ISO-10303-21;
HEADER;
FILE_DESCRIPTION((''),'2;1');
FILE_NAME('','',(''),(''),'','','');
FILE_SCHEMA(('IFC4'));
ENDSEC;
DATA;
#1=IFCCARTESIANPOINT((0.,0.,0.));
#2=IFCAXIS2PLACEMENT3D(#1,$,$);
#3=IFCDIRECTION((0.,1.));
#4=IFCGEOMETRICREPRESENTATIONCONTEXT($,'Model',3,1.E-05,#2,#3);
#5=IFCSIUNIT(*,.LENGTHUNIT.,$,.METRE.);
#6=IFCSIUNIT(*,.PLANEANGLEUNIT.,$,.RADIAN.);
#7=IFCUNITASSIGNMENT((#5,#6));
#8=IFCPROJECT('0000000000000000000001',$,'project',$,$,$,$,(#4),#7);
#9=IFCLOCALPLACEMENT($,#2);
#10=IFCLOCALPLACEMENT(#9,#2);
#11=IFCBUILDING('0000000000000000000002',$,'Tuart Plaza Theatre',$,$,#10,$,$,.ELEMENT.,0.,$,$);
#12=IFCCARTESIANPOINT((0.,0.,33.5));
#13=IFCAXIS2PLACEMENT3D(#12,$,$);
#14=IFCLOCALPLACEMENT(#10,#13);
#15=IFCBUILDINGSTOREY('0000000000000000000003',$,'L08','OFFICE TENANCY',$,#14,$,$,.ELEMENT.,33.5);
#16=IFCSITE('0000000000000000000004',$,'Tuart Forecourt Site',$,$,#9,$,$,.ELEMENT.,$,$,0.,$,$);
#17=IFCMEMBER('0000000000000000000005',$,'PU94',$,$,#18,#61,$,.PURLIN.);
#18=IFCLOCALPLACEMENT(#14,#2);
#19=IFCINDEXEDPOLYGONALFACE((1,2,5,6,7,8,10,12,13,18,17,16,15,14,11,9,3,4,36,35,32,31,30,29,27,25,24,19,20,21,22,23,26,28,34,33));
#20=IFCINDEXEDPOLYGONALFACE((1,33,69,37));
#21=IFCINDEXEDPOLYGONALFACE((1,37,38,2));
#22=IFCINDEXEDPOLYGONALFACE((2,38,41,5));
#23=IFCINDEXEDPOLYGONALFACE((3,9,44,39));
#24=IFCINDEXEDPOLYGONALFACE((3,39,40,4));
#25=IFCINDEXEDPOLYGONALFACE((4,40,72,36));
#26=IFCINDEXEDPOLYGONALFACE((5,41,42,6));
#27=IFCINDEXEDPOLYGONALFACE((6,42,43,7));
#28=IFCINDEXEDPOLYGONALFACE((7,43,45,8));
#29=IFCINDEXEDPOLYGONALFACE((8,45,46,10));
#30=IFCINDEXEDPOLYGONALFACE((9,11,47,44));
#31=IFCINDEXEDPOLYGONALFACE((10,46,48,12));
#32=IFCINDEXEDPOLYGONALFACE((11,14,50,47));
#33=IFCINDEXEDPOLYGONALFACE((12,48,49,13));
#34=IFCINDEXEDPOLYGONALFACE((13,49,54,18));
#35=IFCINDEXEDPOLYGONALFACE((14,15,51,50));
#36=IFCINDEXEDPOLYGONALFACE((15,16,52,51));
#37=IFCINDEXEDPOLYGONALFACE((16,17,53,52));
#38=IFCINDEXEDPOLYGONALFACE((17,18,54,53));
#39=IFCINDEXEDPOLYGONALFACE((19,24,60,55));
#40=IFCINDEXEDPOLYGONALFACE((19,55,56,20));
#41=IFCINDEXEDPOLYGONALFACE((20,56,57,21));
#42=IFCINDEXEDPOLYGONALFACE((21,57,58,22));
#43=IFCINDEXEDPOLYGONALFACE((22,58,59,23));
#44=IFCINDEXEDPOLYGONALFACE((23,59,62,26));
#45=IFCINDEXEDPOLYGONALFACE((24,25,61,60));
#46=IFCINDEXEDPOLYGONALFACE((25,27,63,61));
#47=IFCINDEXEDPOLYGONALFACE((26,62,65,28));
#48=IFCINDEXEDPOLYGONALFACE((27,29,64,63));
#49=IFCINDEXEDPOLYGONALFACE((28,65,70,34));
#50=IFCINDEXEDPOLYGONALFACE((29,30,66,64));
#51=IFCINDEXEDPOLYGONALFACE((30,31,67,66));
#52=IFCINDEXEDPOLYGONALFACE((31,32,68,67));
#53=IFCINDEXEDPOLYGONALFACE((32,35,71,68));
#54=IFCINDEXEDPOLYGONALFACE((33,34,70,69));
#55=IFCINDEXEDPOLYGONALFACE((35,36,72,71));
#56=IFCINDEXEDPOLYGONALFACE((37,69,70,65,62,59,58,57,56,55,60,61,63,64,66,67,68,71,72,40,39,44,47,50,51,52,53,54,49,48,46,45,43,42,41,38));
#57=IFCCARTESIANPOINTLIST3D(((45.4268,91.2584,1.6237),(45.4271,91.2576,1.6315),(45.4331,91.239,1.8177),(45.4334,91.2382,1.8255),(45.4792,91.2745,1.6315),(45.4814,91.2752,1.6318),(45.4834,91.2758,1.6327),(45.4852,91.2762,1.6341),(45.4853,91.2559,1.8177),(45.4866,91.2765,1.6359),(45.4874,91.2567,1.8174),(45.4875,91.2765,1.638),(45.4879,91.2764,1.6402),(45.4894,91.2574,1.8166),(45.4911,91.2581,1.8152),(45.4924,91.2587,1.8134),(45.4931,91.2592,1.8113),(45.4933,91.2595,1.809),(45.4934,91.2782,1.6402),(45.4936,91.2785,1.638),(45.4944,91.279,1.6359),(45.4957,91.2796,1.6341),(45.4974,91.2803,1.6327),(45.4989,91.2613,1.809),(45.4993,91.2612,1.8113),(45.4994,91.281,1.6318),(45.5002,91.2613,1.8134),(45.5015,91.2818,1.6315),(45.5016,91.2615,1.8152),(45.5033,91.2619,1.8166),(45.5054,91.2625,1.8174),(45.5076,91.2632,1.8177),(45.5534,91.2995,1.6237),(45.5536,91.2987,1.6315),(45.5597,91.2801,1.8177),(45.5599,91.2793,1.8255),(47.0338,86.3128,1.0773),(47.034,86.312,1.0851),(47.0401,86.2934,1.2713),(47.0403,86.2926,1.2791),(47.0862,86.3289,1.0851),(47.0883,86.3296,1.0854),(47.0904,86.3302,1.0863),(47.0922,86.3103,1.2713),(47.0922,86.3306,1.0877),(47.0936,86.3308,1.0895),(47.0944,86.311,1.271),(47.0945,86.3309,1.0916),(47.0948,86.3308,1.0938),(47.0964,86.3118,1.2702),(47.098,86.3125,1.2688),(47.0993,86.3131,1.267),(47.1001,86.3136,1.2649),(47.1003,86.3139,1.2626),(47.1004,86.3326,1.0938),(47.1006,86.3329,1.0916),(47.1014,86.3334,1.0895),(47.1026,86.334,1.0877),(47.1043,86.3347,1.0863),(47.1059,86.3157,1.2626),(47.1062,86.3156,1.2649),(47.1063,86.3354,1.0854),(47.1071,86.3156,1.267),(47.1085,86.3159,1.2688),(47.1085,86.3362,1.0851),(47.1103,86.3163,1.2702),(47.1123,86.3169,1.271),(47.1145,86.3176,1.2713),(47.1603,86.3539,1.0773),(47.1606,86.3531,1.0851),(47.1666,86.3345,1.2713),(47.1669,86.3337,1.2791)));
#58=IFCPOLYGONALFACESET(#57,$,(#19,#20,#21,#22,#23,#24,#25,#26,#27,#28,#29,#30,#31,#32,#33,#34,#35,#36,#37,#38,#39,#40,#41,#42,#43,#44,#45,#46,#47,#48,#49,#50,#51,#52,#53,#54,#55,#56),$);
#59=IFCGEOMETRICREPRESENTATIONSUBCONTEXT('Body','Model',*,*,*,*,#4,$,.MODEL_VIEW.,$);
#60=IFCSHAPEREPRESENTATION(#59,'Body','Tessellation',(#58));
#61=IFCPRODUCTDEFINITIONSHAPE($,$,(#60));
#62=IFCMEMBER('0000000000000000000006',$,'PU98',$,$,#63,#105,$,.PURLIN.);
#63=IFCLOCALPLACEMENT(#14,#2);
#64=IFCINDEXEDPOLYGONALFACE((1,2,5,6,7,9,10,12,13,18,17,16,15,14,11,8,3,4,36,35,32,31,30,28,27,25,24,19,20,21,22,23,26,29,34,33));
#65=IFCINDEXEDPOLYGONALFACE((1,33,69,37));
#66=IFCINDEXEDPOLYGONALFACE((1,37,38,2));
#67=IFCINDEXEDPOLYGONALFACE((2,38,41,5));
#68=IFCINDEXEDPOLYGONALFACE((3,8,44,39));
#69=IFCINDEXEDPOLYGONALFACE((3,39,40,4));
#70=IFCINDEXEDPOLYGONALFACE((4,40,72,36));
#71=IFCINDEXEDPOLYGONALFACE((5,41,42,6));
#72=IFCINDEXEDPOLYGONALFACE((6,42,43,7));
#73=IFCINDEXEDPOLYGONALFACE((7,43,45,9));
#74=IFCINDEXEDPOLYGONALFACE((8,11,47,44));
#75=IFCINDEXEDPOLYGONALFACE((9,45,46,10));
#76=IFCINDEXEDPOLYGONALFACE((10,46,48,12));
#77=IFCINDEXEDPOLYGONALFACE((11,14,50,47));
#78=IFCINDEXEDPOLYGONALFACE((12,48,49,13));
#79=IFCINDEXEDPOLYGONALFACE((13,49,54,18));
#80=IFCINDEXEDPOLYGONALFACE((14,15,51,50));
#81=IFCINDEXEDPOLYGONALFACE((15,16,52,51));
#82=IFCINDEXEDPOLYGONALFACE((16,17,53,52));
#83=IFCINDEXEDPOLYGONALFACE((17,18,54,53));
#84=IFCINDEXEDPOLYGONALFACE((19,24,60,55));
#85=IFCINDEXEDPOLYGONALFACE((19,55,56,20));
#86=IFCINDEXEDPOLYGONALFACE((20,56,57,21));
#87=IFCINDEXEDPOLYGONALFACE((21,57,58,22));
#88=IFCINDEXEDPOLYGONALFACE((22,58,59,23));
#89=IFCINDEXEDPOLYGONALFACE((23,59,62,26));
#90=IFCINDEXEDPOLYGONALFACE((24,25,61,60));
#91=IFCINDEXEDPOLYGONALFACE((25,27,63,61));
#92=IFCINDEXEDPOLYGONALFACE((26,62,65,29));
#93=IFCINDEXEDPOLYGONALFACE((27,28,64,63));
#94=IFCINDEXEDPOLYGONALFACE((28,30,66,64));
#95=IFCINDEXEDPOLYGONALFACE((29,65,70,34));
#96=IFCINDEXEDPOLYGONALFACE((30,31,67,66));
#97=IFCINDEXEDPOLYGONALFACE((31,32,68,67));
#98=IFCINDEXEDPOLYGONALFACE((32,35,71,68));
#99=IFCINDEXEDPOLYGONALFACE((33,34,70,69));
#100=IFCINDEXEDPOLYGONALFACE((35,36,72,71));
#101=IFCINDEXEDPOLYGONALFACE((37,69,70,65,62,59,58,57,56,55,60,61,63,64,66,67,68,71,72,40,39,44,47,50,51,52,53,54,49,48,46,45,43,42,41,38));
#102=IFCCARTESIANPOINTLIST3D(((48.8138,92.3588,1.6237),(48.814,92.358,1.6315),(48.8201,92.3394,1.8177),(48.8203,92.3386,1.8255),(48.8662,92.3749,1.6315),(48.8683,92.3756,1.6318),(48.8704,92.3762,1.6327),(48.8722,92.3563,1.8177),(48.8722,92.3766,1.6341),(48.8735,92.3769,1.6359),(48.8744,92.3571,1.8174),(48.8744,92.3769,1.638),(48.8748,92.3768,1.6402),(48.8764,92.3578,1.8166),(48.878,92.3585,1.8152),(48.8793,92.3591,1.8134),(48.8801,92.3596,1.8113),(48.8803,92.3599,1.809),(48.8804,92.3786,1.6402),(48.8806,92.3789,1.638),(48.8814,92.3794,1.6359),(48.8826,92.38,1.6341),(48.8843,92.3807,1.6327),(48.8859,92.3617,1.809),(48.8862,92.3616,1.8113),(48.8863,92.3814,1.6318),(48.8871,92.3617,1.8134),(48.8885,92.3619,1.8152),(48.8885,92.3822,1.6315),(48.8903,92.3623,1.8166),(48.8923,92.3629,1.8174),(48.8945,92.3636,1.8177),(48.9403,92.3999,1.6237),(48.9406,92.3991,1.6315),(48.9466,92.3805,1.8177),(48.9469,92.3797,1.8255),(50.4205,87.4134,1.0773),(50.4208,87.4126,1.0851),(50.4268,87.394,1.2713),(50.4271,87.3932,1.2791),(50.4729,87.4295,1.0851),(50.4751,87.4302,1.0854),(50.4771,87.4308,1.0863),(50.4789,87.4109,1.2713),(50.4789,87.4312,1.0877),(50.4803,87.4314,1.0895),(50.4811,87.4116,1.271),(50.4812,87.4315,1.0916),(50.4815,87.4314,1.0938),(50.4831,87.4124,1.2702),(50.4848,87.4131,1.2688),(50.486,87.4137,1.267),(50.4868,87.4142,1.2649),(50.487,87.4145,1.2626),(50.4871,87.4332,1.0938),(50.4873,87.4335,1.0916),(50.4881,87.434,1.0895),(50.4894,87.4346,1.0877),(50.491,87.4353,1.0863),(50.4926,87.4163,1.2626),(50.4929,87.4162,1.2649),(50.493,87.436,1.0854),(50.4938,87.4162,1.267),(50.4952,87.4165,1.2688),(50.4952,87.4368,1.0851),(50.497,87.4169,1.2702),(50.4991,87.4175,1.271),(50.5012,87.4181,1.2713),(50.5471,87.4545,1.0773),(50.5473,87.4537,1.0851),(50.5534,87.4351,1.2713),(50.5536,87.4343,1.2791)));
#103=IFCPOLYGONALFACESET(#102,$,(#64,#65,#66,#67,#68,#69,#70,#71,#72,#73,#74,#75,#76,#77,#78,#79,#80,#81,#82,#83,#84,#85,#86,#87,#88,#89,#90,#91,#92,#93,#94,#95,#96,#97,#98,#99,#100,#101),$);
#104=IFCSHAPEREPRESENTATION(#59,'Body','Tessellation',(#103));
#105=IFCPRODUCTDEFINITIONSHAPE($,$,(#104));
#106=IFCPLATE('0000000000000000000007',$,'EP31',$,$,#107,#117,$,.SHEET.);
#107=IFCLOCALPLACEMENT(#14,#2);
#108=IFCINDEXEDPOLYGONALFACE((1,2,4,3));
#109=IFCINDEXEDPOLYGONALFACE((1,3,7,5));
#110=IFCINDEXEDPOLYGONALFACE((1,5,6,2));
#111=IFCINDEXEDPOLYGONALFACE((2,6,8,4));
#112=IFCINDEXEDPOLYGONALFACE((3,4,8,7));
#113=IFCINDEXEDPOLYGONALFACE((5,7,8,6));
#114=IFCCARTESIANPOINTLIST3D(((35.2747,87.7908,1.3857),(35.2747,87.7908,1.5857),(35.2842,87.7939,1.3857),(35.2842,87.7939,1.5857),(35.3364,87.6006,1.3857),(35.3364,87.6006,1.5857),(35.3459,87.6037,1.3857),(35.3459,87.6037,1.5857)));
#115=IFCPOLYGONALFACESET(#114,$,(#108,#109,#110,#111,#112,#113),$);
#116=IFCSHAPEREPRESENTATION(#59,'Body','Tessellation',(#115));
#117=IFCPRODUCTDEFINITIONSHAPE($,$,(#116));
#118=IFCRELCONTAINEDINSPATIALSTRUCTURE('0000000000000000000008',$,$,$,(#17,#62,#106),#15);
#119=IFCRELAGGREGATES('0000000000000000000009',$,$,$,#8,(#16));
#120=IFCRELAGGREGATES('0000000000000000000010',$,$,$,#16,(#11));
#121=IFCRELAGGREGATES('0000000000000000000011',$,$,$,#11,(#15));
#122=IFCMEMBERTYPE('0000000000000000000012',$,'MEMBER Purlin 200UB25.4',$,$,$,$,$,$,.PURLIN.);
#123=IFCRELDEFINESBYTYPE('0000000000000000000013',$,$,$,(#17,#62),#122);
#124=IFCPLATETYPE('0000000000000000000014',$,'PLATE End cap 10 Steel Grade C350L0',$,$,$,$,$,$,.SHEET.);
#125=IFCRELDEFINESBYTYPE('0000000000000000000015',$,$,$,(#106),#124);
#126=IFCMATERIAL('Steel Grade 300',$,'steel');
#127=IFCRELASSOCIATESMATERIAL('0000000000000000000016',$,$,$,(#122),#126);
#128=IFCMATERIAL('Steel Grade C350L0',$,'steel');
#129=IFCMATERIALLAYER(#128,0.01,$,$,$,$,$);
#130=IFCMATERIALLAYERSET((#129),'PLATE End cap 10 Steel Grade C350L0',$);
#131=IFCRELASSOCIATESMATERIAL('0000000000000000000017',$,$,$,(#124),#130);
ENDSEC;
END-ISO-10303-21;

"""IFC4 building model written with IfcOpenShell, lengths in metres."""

from ifc_helpers import new_model, si_unit, direction, frame, origin, origin_2d, place, context, subcontext, project, spatial, polyline, i_section, outline, extrude, material, layer, layer_set, material_profile, profile_set, type_object, element, save


model = new_model("IFC4")

# Units and contexts
model_context = context("Model", 3, precision=1e-05, world=origin(), true_north=direction((0.0, 1.0)))
body_context = subcontext(model_context, "Body", "Model", "MODEL_VIEW")
ifc_project = project(units=[si_unit("LENGTHUNIT", "METRE"), si_unit("PLANEANGLEUNIT", "RADIAN")], contexts=[model_context])

# Site, building, storey
site_placement = place(None, origin())
site = spatial("IfcSite", under=ifc_project, at=site_placement, Name="Tuart Forecourt Site", CompositionType="ELEMENT", RefElevation=0.0)
building_placement = place(site_placement, origin())
building = spatial("IfcBuilding", under=site, at=building_placement, Name="Tuart Plaza Theatre", CompositionType="ELEMENT", ElevationOfRefHeight=0.0)
storey_placement = place(building_placement, frame((0.0, 0.0, 33.5)))
storey = spatial("IfcBuildingStorey", under=building, at=storey_placement, Name="L08", Description="OFFICE TENANCY", CompositionType="ELEMENT", Elevation=33.5)

# Members
ifc_material_1 = material(Name="Steel Grade 300", Category="steel")
ifc_material_profile_1 = material_profile(ifc_material_1, i_section(OverallWidth=0.1331, OverallDepth=0.2029, WebThickness=0.0059, FlangeThickness=0.0078, FilletRadius=0.0088, at=origin_2d()), Name="200UB25.4")
ifc_profile_set_1 = profile_set([ifc_material_profile_1], Name="Steel Grade 300")
member_type_1 = type_object("IfcMemberType", Name="MEMBER Purlin 200UB25.4", PredefinedType="PURLIN", material=ifc_profile_set_1)
member_1_placement = place(storey_placement, frame((47.1003, 86.3232, 1.1782), z_axis=(-0.307329, 0.945848, 0.104498), x_axis=(-0.951055, -0.309021, 0.0)))
element("IfcMember", 1, at=member_1_placement, inside=storey, type_object=member_type_1, Name="PU94", PredefinedType="PURLIN", context=body_context, shape_type="SweptSolid", body=[
    extrude(i_section(OverallWidth=0.1331, OverallDepth=0.2029, WebThickness=0.0059, FlangeThickness=0.0078, FilletRadius=0.0088, at=origin_2d()), origin(), (0.0, 0.0, 1.0), 5.2288),
])
member_2_placement = place(storey_placement, frame((50.4871, 87.4238, 1.1782), z_axis=(-0.307301, 0.945857, 0.104504), x_axis=(-0.951064, -0.308993, 0.0)))
element("IfcMember", 2, at=member_2_placement, inside=storey, type_object=member_type_1, Name="PU98", PredefinedType="PURLIN", context=body_context, shape_type="SweptSolid", body=[
    extrude(i_section(OverallWidth=0.1331, OverallDepth=0.2029, WebThickness=0.0059, FlangeThickness=0.0078, FilletRadius=0.0088, at=origin_2d()), origin(), (0.0, 0.0, 1.0), 5.2285),
])

# Plate
ifc_material_2 = material(Name="Steel Grade C350L0", Category="steel")
ifc_layer = layer(ifc_material_2, 0.01)
ifc_layer_set = layer_set([ifc_layer], Name="PLATE End cap 10 Steel Grade C350L0")
plate_type = type_object("IfcPlateType", Name="PLATE End cap 10 Steel Grade C350L0", PredefinedType="SHEET", material=ifc_layer_set)
plate_placement = place(storey_placement, frame((35.3364, 87.6006, 1.5857), z_axis=(-0.951097, -0.308893, 0.0), x_axis=(-0.308893, 0.951097, 0.0)))
element("IfcPlate", 3, at=plate_placement, inside=storey, type_object=plate_type, Name="EP31", PredefinedType="SHEET", context=body_context, shape_type="SweptSolid", body=[
    extrude(outline(polyline([(0.0, 0.0), (0.2, 0.0), (0.2, 0.2), (0.0, 0.2), (0.0, 0.0)])), origin(), (0.0, 0.0, -1.0), 0.01),
])

save(model, "model.ifc")
